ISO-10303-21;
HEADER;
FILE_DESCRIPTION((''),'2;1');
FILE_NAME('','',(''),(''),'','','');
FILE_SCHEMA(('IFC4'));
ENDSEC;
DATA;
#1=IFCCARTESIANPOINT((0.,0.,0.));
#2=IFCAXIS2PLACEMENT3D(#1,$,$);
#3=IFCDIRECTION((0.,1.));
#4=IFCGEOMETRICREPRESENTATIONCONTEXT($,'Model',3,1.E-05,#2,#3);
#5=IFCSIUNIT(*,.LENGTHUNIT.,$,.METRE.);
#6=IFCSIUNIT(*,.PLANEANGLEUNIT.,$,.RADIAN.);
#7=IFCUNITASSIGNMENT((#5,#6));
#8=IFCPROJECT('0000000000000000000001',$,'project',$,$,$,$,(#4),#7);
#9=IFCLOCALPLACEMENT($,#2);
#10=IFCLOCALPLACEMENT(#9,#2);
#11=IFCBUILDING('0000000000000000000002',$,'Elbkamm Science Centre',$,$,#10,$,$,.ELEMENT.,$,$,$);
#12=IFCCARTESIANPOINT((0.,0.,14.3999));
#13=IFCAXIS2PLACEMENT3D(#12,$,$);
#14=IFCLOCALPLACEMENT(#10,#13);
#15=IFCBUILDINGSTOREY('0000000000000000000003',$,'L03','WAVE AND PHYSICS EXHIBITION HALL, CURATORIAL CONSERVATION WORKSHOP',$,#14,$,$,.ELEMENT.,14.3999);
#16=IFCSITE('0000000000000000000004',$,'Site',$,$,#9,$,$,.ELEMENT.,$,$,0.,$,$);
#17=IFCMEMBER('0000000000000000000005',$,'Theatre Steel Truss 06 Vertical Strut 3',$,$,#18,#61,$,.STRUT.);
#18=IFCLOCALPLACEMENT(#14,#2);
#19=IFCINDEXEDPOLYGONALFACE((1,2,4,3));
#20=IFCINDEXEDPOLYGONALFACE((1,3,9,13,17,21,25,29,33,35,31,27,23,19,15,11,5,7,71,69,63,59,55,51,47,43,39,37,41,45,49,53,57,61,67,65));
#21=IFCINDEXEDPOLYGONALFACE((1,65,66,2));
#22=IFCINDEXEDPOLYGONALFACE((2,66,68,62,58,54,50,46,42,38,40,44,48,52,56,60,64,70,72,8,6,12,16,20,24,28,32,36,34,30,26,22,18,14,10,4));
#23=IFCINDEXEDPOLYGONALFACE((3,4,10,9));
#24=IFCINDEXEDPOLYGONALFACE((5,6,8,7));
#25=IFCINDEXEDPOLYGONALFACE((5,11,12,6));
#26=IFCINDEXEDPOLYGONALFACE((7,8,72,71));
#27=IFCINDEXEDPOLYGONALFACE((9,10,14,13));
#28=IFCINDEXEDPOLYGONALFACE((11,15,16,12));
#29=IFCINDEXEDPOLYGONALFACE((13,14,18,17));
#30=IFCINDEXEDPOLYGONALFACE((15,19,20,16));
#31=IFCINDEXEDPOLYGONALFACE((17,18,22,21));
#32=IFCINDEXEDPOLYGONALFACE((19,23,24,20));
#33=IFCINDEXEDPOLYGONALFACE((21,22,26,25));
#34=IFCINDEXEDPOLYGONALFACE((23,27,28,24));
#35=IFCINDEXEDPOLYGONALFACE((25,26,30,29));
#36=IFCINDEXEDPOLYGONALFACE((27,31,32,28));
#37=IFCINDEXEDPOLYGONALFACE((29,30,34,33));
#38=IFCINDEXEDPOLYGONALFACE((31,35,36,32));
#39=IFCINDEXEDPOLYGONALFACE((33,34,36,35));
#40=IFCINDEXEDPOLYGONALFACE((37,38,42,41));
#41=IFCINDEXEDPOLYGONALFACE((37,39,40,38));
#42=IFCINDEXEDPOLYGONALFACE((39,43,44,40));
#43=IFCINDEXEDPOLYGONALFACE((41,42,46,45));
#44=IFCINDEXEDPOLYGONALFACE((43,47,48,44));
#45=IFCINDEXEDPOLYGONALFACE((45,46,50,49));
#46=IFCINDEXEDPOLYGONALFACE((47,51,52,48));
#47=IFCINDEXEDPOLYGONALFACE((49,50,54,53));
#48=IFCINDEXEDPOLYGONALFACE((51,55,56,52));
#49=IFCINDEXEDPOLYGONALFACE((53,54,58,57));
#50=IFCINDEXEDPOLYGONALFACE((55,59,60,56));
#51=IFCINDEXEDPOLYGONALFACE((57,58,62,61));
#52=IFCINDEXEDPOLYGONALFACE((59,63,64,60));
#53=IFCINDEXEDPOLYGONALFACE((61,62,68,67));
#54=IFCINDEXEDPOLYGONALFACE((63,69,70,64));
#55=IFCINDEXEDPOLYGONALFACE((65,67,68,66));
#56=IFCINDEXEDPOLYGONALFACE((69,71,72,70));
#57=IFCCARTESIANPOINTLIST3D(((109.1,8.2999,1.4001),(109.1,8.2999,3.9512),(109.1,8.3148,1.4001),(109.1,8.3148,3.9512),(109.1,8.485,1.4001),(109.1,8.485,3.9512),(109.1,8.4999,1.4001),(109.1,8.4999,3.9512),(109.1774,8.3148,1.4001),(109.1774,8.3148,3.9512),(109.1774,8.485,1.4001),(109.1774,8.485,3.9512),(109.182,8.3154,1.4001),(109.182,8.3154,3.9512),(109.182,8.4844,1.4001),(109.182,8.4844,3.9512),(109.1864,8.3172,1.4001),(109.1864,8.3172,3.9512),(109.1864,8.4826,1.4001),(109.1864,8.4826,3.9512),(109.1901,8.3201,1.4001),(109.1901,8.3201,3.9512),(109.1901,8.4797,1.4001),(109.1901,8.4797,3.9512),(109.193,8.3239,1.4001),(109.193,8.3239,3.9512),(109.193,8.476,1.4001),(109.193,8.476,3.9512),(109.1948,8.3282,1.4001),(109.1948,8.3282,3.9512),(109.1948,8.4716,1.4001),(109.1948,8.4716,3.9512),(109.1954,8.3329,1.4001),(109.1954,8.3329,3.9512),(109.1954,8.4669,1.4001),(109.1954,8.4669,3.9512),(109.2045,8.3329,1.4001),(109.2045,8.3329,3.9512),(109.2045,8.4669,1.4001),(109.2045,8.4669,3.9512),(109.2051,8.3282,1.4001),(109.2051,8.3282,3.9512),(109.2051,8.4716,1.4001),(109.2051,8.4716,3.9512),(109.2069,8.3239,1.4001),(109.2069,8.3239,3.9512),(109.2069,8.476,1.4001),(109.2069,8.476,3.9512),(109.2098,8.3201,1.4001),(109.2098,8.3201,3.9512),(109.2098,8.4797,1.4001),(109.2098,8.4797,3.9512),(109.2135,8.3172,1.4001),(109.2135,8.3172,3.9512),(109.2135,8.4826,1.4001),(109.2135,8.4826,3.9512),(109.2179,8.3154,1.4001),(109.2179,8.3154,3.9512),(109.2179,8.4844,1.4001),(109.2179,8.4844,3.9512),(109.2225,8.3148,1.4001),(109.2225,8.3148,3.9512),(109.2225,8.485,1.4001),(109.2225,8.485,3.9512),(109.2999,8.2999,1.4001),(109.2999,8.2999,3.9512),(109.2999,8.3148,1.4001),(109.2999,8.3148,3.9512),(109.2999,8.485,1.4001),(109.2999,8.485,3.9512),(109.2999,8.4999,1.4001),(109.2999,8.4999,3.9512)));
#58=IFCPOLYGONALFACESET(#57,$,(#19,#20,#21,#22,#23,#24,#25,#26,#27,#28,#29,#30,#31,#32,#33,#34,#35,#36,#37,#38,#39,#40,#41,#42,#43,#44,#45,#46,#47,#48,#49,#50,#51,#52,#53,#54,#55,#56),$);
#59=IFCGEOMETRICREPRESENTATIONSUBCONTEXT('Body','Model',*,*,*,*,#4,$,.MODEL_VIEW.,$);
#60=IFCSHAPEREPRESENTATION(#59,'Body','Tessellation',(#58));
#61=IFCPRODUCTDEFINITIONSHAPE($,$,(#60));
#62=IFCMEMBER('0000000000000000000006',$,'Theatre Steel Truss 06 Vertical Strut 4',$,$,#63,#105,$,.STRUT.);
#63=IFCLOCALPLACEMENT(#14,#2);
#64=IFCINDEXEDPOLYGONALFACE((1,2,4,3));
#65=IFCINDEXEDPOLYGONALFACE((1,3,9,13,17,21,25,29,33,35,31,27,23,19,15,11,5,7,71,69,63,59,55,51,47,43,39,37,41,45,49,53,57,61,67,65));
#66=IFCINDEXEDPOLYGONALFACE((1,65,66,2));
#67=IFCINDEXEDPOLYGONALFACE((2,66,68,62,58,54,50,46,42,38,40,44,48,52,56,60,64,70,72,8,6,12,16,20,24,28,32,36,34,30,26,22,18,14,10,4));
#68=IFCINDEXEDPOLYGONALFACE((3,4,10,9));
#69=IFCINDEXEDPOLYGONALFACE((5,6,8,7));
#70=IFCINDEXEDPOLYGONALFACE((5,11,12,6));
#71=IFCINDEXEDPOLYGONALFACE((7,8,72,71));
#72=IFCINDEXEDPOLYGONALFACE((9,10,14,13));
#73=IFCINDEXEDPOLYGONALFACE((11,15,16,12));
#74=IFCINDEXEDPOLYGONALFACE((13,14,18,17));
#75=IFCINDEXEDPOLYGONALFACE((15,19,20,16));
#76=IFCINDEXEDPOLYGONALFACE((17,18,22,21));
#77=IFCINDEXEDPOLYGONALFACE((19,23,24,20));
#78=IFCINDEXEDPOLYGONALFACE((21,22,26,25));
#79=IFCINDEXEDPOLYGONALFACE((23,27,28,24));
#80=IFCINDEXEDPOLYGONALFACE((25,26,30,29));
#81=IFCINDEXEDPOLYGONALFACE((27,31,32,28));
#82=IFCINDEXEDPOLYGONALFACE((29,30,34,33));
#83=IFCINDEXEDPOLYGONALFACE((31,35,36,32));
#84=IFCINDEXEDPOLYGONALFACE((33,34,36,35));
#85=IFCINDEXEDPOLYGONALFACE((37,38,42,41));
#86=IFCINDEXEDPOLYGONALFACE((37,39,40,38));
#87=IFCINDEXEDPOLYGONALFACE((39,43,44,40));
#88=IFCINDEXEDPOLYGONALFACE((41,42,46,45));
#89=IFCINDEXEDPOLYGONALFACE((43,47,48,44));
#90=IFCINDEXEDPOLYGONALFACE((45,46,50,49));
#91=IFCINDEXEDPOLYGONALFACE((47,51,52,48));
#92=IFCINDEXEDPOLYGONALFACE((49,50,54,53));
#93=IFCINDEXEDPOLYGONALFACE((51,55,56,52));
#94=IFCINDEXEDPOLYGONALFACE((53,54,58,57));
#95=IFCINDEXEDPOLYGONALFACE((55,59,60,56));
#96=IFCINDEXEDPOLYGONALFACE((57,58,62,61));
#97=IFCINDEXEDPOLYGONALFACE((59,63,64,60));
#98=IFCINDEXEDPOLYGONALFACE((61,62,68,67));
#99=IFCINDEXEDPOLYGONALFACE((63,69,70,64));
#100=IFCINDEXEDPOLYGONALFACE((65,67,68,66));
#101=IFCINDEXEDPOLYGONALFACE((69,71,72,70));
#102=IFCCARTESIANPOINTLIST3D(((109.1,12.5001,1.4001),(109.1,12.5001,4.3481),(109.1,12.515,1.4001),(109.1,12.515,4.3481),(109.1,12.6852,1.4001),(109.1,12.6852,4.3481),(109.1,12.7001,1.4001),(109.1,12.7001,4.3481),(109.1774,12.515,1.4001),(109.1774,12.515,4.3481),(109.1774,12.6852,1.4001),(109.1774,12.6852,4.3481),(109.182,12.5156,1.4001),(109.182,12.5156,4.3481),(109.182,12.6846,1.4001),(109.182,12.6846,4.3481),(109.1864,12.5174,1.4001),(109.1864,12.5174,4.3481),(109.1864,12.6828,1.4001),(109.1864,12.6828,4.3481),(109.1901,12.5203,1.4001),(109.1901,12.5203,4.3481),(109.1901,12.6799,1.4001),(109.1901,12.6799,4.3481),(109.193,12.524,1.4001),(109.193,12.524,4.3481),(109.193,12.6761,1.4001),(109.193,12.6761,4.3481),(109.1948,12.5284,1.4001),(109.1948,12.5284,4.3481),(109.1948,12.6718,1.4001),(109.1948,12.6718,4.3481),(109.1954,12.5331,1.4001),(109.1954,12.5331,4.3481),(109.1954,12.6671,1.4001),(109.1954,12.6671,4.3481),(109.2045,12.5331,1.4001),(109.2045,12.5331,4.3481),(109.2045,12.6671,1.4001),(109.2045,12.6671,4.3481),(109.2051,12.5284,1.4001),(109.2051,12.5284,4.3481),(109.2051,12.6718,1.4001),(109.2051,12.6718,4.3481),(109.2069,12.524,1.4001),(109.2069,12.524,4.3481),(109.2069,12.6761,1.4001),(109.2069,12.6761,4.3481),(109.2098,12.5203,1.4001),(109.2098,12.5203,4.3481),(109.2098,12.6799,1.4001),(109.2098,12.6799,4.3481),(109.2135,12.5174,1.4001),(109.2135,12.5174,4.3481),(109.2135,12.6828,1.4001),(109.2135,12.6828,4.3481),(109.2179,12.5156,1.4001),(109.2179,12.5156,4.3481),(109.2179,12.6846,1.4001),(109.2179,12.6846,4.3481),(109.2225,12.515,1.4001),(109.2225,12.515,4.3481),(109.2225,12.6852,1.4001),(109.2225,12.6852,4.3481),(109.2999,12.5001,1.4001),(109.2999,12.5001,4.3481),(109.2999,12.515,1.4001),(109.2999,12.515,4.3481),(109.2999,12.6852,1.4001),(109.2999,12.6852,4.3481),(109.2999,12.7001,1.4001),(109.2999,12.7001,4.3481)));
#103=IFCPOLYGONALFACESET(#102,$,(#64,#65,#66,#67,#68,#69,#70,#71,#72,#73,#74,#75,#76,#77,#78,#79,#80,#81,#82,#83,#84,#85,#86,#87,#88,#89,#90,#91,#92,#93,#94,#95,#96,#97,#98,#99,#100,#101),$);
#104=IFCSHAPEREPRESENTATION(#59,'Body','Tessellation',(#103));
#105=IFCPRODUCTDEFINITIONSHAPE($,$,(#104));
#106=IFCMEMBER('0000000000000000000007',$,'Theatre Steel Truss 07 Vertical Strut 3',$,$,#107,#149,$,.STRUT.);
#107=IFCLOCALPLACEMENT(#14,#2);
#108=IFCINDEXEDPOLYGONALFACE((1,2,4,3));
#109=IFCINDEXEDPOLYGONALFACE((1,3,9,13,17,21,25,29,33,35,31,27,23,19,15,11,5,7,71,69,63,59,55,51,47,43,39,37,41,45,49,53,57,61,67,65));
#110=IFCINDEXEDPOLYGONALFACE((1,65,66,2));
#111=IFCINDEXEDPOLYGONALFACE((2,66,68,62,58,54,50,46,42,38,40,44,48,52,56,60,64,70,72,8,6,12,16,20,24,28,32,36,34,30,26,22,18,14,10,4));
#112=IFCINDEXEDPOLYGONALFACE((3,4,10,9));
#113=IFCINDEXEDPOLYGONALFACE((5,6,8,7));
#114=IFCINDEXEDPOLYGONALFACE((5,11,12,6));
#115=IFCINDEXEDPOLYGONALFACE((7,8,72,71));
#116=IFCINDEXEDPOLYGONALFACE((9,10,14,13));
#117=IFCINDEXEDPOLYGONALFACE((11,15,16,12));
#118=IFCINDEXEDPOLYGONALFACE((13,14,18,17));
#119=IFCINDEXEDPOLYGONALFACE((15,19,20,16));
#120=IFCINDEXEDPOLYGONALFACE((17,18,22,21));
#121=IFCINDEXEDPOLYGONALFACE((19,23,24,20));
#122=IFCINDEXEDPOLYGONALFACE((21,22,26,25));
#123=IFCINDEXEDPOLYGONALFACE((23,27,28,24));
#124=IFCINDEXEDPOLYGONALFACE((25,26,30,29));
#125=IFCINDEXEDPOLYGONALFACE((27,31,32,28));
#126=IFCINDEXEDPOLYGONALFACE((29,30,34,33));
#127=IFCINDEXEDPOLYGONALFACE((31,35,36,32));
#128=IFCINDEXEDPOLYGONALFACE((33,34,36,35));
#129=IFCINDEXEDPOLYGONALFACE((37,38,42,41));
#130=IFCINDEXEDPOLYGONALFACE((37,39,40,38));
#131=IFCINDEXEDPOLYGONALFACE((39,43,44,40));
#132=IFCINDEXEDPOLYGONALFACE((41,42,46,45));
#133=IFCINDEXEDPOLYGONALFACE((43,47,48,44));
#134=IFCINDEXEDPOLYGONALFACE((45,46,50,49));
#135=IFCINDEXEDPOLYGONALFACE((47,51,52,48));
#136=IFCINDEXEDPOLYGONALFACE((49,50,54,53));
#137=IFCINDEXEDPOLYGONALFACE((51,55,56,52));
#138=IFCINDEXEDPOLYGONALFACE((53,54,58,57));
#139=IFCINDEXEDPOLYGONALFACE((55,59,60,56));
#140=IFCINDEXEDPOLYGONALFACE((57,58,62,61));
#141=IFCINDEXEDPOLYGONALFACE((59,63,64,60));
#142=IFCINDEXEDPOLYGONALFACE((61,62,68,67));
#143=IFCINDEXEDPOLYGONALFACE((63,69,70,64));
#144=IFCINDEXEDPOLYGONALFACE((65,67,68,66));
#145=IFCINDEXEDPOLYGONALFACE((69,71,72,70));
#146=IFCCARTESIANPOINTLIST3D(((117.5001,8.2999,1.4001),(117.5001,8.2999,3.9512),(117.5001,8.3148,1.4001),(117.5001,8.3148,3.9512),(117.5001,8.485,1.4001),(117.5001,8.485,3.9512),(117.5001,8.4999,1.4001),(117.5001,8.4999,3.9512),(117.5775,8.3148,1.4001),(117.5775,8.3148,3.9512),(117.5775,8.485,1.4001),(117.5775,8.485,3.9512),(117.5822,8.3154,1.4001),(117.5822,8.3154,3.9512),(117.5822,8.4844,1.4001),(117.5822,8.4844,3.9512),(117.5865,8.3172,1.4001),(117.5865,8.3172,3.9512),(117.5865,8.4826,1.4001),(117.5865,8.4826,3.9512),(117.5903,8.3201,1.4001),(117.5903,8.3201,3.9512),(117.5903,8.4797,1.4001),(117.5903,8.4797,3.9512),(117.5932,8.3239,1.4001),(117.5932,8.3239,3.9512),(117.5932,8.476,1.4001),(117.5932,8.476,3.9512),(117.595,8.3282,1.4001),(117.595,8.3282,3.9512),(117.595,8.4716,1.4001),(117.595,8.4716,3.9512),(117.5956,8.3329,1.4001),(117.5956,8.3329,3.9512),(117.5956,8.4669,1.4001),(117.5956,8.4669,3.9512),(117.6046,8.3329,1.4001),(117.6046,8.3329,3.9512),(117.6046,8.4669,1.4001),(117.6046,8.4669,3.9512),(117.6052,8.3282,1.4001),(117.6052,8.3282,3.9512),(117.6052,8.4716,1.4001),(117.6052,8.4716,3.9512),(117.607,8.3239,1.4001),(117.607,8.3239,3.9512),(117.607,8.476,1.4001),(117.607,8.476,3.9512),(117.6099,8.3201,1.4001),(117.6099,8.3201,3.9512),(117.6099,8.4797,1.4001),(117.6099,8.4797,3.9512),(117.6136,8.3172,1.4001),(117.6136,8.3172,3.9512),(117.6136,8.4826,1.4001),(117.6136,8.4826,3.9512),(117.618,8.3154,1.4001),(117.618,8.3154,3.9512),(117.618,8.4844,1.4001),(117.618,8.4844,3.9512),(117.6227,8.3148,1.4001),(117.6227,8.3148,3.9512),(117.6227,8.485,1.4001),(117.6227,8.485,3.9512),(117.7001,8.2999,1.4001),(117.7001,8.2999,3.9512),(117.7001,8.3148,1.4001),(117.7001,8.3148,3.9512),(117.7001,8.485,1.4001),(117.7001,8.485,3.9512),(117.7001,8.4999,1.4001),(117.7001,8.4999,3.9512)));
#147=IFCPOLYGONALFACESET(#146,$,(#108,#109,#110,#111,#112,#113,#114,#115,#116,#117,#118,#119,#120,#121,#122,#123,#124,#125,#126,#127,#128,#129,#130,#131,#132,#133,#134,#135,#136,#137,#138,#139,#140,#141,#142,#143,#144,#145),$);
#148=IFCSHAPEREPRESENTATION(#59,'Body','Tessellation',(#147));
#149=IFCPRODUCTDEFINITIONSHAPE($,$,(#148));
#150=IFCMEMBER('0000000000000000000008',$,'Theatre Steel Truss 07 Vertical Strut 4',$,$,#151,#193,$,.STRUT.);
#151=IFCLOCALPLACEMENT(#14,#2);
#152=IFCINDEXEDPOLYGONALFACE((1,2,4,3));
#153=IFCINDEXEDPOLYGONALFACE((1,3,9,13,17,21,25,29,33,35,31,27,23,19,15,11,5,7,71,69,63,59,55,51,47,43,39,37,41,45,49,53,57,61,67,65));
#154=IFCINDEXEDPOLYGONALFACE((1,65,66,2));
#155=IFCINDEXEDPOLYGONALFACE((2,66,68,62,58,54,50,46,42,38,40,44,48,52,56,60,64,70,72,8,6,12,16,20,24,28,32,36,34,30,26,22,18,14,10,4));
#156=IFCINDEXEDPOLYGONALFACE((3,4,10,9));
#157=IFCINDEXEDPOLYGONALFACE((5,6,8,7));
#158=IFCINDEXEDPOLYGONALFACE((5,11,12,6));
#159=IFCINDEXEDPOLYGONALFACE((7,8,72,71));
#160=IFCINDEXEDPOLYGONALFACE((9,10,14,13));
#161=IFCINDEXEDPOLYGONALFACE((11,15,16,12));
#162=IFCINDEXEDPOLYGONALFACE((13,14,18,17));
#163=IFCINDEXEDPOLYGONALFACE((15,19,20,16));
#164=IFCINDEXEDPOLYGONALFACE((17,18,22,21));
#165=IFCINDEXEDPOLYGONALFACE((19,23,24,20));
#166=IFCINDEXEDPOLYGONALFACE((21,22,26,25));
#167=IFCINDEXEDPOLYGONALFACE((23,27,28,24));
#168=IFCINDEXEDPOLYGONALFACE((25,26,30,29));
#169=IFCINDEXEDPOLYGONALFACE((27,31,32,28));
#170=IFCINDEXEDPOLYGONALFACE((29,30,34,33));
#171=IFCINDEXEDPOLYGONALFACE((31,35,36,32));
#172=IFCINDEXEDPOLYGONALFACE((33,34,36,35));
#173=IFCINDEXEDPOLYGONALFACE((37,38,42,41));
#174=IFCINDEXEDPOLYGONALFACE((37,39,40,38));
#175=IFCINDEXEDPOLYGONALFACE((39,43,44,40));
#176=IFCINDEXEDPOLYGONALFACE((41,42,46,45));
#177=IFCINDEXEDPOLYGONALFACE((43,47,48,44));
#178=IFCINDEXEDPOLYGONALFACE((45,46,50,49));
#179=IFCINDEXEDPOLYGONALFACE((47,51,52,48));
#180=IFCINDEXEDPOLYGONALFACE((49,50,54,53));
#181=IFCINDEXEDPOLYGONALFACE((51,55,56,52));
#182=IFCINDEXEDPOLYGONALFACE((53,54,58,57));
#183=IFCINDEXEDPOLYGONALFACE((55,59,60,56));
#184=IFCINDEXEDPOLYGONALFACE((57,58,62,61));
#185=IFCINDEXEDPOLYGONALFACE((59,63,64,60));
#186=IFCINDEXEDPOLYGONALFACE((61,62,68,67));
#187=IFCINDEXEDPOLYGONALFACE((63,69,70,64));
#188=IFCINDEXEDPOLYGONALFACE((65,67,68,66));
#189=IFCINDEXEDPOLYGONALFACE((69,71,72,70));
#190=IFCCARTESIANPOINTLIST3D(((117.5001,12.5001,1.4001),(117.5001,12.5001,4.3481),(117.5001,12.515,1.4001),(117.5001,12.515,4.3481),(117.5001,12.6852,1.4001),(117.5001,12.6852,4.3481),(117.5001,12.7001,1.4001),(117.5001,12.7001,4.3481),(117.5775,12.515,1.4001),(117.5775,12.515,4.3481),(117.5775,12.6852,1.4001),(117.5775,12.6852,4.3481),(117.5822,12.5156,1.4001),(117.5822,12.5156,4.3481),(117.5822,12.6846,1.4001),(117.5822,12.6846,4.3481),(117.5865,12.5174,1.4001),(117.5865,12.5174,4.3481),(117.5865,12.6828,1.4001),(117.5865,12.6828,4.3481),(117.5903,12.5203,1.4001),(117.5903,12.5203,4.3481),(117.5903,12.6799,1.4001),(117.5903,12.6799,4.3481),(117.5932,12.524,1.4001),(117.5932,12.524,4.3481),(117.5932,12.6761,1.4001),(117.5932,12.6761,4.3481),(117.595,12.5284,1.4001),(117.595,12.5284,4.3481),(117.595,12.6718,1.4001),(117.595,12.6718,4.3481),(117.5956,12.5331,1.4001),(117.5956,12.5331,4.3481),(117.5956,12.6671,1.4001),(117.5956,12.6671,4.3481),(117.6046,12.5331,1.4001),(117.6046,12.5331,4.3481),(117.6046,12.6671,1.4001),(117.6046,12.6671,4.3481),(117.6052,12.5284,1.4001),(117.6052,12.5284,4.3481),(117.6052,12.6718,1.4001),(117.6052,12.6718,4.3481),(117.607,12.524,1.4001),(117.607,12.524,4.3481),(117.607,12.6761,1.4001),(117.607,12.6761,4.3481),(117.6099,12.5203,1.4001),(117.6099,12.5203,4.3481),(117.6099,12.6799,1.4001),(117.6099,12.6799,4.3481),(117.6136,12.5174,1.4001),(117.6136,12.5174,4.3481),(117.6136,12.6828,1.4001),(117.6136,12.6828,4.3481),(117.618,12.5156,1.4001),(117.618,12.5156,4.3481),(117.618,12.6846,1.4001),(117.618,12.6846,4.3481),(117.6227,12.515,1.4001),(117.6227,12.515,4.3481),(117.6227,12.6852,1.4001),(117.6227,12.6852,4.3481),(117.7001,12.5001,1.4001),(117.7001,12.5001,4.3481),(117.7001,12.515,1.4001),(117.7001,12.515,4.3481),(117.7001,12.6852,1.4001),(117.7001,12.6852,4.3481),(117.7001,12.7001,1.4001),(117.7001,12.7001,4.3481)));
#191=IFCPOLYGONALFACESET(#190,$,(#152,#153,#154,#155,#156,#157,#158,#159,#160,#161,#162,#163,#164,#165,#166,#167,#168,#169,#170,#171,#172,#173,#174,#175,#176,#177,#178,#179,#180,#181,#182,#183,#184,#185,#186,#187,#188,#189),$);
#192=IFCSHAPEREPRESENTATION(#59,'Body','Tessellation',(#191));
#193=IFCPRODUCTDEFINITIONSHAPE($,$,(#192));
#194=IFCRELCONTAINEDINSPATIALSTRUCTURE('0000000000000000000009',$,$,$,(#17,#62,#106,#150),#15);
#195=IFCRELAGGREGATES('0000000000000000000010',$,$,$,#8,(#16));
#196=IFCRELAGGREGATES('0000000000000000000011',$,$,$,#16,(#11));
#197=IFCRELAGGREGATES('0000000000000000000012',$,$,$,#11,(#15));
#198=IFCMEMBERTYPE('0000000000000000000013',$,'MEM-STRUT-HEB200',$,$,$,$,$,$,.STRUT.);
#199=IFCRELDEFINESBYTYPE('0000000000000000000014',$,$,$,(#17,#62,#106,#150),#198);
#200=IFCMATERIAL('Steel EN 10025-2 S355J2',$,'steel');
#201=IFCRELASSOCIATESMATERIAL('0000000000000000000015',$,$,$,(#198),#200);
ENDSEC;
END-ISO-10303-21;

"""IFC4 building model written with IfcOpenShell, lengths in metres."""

from ifc_helpers import new_model, si_unit, direction, frame, origin, origin_2d, place, context, subcontext, project, spatial, i_section, extrude, material, material_profile, profile_set, type_object, element, save


model = new_model("IFC4")

# Units and contexts
model_context = context("Model", 3, precision=1e-05, world=origin(), true_north=direction((0.0, 1.0)))
body_context = subcontext(model_context, "Body", "Model", "MODEL_VIEW")
ifc_project = project(units=[si_unit("LENGTHUNIT", "METRE"), si_unit("PLANEANGLEUNIT", "RADIAN")], contexts=[model_context])

# Site, building, storey
site_placement = place(None, origin())
site = spatial("IfcSite", under=ifc_project, at=site_placement, Name="Site", CompositionType="ELEMENT", RefElevation=0.0)
building_placement = place(site_placement, origin())
building = spatial("IfcBuilding", under=site, at=building_placement, Name="Elbkamm Science Centre", CompositionType="ELEMENT")
storey_placement = place(building_placement, frame((0.0, 0.0, 14.3999)))
storey = spatial("IfcBuildingStorey", under=building, at=storey_placement, Name="L03", Description="WAVE AND PHYSICS EXHIBITION HALL, CURATORIAL CONSERVATION WORKSHOP", CompositionType="ELEMENT", Elevation=14.3999)

# Shared definitions
ifc_material = material(Name="Steel EN 10025-2 S355J2", Category="steel")

# Members
ifc_material_profile_1 = material_profile(ifc_material, i_section(OverallWidth=0.2, OverallDepth=0.2, WebThickness=0.009, FlangeThickness=0.0149, FilletRadius=0.0181, at=origin_2d()), Name="HEB 200")
ifc_profile_set_1 = profile_set([ifc_material_profile_1], Name="Steel EN 10025-2 S355J2")
member_type_1 = type_object("IfcMemberType", Name="MEM-STRUT-HEB200", PredefinedType="STRUT", material=ifc_profile_set_1)
member_1_placement = place(storey_placement, frame((109.2, 8.3999, 1.4001), z_axis=(0.0, 0.0, 1.0), x_axis=(1.0, 0.0, 0.0)))
element("IfcMember", 1, at=member_1_placement, inside=storey, type_object=member_type_1, Name="Theatre Steel Truss 06 Vertical Strut 3", PredefinedType="STRUT", context=body_context, shape_type="SweptSolid", body=[
    extrude(i_section(OverallWidth=0.2, OverallDepth=0.2, WebThickness=0.009, FlangeThickness=0.0149, FilletRadius=0.0181, at=origin_2d()), origin(), (0.0, 0.0, 1.0), 2.551),
])
member_2_placement = place(storey_placement, frame((109.2, 12.6001, 1.4001), z_axis=(0.0, 0.0, 1.0), x_axis=(1.0, 0.0, 0.0)))
element("IfcMember", 2, at=member_2_placement, inside=storey, type_object=member_type_1, Name="Theatre Steel Truss 06 Vertical Strut 4", PredefinedType="STRUT", context=body_context, shape_type="SweptSolid", body=[
    extrude(i_section(OverallWidth=0.2, OverallDepth=0.2, WebThickness=0.009, FlangeThickness=0.0149, FilletRadius=0.0181, at=origin_2d()), origin(), (0.0, 0.0, 1.0), 2.948),
])
member_3_placement = place(storey_placement, frame((117.6001, 8.3999, 1.4001), z_axis=(0.0, 0.0, 1.0), x_axis=(1.0, 0.0, 0.0)))
element("IfcMember", 3, at=member_3_placement, inside=storey, type_object=member_type_1, Name="Theatre Steel Truss 07 Vertical Strut 3", PredefinedType="STRUT", context=body_context, shape_type="SweptSolid", body=[
    extrude(i_section(OverallWidth=0.2, OverallDepth=0.2, WebThickness=0.009, FlangeThickness=0.0149, FilletRadius=0.0181, at=origin_2d()), origin(), (0.0, 0.0, 1.0), 2.551),
])
member_4_placement = place(storey_placement, frame((117.6001, 12.6001, 1.4001), z_axis=(0.0, 0.0, 1.0), x_axis=(1.0, 0.0, 0.0)))
element("IfcMember", 4, at=member_4_placement, inside=storey, type_object=member_type_1, Name="Theatre Steel Truss 07 Vertical Strut 4", PredefinedType="STRUT", context=body_context, shape_type="SweptSolid", body=[
    extrude(i_section(OverallWidth=0.2, OverallDepth=0.2, WebThickness=0.009, FlangeThickness=0.0149, FilletRadius=0.0181, at=origin_2d()), origin(), (0.0, 0.0, 1.0), 2.948),
])

save(model, "model.ifc")
